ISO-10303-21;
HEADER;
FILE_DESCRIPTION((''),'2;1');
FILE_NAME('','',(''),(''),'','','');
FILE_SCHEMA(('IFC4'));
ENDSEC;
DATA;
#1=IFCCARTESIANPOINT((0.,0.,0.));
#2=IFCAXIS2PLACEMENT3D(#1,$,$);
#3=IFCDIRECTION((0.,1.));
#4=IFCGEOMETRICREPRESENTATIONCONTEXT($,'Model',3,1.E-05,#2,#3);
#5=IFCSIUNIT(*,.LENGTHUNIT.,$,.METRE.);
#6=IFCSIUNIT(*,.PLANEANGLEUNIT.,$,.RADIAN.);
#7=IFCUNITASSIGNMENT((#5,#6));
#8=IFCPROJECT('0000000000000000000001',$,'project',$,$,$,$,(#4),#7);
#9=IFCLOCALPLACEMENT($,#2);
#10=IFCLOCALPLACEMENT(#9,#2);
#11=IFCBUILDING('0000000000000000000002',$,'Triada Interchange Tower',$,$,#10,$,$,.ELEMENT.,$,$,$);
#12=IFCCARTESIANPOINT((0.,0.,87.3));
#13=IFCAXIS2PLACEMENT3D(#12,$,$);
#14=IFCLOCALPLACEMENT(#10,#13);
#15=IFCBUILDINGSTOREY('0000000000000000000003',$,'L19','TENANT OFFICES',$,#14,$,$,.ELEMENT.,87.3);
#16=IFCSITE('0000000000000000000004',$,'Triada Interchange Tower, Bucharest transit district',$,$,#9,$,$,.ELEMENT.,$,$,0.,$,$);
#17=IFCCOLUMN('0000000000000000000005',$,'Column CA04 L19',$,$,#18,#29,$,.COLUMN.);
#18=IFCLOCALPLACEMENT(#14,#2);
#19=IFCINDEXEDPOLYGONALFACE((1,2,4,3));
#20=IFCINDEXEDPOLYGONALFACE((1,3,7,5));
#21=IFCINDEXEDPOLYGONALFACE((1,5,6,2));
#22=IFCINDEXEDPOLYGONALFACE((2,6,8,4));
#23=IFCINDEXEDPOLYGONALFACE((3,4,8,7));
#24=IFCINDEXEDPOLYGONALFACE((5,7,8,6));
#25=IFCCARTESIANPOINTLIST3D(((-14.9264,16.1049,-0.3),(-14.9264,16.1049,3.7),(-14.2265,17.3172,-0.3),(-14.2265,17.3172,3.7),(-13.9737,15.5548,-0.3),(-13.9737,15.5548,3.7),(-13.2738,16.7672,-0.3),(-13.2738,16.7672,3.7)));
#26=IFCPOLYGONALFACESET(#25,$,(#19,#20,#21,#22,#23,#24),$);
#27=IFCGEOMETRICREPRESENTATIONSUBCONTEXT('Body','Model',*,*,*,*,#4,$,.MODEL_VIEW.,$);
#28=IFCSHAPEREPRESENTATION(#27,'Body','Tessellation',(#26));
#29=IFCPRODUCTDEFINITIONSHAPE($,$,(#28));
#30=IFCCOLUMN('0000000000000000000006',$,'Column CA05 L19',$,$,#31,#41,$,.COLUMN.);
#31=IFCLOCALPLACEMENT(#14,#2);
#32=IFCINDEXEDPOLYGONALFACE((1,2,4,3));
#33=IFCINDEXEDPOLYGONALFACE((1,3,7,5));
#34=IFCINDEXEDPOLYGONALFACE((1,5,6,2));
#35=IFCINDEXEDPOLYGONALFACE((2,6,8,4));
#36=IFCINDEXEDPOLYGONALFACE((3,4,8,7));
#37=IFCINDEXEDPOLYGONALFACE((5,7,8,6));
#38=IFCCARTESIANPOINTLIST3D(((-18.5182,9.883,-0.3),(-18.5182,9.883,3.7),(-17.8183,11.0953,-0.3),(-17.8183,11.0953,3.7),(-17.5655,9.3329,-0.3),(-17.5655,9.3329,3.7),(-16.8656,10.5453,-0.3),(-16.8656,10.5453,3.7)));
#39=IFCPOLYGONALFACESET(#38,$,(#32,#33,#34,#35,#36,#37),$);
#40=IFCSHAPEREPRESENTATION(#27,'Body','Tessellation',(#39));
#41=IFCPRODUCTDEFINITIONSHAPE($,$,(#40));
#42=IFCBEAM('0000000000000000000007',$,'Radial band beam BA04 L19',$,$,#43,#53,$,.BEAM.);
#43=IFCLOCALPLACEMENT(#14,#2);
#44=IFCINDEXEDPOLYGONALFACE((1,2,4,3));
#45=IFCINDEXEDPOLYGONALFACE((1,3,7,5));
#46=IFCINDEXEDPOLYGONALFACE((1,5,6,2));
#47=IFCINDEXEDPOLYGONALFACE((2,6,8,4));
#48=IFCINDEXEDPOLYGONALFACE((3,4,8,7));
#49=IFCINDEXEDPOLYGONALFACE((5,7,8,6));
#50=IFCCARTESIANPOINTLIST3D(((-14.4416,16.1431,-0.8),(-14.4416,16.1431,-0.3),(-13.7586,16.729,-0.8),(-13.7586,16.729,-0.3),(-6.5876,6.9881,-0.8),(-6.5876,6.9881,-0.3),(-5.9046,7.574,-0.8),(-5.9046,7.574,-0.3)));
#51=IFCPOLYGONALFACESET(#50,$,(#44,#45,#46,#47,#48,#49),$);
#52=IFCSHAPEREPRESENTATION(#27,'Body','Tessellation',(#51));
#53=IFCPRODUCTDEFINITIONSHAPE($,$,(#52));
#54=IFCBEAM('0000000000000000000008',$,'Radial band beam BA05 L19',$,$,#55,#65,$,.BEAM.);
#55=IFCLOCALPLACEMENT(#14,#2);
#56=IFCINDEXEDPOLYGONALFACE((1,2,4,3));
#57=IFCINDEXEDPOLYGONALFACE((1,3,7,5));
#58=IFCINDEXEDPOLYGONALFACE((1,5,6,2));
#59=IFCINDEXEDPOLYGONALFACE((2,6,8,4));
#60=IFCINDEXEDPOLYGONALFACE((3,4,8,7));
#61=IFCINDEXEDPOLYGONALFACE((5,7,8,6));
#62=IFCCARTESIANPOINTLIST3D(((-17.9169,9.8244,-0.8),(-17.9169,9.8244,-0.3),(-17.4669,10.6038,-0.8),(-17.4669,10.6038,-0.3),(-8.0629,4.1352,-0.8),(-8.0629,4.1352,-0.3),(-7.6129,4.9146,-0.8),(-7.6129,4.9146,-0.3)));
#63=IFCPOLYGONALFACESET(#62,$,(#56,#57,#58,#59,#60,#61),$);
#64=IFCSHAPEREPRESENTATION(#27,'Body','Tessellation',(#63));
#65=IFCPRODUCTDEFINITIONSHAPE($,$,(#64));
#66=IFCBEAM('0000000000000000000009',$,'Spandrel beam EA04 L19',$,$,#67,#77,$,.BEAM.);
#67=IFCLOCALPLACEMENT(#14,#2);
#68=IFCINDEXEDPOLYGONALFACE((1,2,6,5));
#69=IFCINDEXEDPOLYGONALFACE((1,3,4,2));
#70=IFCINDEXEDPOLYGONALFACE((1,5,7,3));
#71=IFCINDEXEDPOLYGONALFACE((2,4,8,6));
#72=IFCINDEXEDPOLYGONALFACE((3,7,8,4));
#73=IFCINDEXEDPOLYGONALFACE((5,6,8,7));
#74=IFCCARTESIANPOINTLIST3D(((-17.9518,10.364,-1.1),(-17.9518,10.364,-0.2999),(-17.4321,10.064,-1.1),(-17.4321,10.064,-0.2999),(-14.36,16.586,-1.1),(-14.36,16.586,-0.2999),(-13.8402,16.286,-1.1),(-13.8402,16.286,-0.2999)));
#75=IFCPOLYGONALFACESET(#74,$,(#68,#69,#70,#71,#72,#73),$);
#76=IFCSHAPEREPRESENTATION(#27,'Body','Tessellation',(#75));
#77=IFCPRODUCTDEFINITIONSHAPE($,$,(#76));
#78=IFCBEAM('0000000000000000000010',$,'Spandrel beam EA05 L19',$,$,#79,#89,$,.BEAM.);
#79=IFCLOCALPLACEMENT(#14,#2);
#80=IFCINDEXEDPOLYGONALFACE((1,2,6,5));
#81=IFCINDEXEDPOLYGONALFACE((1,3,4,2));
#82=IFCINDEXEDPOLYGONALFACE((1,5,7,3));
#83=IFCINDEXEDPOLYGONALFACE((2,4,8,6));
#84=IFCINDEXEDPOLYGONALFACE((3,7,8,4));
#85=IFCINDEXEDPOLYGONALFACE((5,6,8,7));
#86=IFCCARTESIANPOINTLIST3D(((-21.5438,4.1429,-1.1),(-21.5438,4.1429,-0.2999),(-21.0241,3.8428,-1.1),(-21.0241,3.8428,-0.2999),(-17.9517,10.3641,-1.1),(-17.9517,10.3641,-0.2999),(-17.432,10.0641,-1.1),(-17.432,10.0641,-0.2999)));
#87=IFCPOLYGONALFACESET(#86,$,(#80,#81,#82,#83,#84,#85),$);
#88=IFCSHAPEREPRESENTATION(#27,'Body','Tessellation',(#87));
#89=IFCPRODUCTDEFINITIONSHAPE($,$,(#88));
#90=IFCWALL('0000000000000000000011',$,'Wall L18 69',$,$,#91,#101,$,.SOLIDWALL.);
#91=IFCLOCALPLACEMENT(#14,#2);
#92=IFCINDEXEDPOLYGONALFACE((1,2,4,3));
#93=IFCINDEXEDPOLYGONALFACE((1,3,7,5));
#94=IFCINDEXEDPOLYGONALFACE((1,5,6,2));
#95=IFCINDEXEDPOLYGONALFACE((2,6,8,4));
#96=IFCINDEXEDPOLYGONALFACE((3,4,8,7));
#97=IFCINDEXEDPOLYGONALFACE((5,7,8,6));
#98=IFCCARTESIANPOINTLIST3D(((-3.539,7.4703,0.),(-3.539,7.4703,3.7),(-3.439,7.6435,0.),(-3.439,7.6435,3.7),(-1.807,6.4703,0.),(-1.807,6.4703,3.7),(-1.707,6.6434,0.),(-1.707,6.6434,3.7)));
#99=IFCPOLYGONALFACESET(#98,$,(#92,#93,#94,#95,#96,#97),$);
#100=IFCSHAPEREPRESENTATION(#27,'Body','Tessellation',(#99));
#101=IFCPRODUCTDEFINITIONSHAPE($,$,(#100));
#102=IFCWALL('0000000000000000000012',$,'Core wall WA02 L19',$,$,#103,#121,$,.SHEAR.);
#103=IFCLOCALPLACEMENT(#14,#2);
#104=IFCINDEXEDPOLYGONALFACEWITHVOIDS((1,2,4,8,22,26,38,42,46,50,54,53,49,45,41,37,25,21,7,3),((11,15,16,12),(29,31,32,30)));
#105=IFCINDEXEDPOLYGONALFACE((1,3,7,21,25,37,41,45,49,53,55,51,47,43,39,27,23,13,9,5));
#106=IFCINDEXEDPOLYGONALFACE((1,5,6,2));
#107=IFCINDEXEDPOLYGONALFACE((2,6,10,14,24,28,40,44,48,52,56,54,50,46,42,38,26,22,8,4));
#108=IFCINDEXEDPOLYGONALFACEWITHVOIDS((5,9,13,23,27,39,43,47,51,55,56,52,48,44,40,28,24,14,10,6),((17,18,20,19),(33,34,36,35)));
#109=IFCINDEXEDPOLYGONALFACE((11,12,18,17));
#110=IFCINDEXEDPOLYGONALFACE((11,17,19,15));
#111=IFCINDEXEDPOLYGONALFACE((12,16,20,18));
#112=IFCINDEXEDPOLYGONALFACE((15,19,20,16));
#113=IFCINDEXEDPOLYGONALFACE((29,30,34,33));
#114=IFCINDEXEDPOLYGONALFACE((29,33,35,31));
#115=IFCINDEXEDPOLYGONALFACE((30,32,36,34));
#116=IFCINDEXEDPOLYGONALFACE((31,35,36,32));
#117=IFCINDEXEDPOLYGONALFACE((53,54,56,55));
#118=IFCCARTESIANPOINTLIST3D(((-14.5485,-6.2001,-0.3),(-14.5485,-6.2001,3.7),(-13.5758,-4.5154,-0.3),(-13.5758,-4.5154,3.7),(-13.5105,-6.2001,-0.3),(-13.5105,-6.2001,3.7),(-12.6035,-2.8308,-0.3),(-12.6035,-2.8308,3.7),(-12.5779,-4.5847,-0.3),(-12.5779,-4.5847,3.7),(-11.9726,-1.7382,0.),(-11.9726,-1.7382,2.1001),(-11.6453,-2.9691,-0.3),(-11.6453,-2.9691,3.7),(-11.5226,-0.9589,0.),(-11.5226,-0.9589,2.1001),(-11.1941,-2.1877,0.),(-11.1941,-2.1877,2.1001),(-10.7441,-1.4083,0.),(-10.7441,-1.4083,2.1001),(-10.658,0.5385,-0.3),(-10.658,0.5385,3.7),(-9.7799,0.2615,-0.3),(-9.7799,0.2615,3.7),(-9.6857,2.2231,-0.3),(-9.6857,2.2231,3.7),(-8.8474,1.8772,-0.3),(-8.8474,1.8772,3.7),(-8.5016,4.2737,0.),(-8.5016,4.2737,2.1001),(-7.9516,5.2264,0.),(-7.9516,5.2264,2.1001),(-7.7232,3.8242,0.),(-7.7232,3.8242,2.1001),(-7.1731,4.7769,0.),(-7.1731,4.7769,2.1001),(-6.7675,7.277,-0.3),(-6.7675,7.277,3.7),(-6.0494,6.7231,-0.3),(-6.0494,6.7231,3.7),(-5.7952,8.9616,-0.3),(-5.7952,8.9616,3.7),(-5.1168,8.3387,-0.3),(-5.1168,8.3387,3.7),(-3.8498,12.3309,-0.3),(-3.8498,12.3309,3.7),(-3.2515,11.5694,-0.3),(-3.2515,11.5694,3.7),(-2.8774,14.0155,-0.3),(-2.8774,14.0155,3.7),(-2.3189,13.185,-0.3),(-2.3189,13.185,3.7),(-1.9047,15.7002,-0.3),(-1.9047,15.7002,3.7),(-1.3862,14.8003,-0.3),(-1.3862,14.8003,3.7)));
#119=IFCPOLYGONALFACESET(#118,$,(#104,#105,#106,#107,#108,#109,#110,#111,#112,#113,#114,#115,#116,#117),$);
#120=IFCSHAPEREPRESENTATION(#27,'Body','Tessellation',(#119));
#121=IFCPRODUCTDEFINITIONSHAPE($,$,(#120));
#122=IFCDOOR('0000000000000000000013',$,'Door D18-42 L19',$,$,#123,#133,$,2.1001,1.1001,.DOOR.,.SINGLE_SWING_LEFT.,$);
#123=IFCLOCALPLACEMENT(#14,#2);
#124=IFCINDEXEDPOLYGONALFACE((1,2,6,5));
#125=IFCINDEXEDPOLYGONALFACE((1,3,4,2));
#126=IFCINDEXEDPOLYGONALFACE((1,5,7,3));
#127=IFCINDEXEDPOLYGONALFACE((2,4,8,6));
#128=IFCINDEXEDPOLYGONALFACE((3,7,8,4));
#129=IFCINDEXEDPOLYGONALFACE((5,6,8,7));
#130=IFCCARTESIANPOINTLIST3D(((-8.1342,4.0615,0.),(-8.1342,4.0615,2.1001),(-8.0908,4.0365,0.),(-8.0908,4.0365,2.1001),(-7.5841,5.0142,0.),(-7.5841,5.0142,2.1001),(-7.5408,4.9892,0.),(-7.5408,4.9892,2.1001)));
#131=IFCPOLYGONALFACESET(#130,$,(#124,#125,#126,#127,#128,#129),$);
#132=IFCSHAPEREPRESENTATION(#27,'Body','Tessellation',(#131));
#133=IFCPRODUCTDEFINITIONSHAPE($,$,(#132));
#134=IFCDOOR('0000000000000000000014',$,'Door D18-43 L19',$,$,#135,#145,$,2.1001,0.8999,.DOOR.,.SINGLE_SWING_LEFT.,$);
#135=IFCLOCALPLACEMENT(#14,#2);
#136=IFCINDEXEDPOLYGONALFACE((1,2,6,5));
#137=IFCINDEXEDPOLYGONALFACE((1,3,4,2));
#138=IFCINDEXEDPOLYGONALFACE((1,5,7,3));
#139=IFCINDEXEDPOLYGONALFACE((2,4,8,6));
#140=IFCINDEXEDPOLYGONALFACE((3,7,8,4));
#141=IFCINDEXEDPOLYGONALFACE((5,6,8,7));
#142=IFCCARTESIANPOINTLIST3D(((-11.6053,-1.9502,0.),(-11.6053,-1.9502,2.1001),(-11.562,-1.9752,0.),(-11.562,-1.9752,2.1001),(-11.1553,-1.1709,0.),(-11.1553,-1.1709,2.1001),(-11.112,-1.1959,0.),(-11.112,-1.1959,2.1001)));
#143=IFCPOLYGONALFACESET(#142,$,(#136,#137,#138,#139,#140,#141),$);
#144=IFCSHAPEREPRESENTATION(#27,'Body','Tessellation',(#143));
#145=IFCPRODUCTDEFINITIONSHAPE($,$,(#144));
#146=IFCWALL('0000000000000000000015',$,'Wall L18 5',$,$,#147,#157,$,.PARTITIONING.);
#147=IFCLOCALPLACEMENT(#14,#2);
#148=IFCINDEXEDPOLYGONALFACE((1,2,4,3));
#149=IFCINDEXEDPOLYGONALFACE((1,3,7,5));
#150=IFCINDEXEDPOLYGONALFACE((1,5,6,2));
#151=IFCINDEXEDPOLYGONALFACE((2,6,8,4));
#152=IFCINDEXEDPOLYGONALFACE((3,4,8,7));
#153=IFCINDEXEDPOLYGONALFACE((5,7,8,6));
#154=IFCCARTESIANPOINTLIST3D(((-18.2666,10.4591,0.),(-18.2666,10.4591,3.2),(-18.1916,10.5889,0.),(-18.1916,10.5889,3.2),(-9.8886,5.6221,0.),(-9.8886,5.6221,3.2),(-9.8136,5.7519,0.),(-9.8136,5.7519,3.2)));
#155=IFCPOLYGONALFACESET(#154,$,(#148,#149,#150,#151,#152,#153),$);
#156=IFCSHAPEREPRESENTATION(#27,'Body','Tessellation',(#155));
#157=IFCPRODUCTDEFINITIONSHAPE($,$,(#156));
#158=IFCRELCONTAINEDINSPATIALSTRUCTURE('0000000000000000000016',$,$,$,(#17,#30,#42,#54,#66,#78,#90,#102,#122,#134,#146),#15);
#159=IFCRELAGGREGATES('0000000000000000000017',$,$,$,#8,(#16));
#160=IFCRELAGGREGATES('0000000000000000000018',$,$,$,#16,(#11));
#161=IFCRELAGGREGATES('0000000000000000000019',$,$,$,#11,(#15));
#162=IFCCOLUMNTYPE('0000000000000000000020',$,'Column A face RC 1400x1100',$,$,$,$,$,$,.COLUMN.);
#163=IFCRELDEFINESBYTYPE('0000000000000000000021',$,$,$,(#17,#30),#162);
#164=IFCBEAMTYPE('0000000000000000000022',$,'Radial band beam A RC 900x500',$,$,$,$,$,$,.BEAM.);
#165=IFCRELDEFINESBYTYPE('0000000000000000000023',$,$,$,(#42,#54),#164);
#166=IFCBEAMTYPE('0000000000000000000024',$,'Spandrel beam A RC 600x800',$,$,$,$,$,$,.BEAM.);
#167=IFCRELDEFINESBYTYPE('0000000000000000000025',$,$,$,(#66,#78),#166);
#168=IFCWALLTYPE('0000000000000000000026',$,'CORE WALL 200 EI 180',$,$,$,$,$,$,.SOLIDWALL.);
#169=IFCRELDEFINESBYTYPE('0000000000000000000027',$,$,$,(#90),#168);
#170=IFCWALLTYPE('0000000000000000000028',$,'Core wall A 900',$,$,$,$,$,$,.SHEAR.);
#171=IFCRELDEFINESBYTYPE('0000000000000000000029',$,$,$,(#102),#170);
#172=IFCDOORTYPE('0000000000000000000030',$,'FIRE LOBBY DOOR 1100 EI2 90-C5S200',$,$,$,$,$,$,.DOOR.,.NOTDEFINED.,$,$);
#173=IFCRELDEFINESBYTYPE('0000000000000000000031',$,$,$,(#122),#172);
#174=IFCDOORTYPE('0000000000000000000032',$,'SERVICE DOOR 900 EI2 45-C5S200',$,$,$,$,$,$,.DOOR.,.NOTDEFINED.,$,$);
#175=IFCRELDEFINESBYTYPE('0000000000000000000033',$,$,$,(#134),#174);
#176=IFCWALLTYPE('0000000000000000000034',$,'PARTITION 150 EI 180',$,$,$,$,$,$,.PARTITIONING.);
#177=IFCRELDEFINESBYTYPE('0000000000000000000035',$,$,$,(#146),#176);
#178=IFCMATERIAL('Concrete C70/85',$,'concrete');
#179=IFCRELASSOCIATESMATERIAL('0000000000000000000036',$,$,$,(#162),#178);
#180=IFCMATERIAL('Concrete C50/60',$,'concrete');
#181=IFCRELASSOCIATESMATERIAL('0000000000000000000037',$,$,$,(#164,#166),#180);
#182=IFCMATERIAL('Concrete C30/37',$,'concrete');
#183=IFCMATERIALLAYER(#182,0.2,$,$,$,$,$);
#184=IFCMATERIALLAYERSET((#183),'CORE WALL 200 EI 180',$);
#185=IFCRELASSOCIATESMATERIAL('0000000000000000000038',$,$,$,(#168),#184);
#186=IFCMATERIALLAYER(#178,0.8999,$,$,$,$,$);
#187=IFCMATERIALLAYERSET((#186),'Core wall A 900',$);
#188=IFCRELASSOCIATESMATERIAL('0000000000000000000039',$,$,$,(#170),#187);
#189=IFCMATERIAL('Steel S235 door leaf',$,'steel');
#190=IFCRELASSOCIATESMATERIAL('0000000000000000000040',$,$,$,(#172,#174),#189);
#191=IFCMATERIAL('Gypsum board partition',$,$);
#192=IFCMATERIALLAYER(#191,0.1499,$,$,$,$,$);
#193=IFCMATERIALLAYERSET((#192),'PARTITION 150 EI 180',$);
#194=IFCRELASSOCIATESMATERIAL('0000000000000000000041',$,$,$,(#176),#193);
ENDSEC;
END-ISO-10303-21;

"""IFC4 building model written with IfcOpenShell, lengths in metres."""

from ifc_helpers import new_model, si_unit, direction, frame, frame_2d, origin, origin_2d, place, context, subcontext, project, spatial, polyline, rectangle, outline, extrude, material, layer, layer_set, material_profile, profile_set, type_object, element, fill, save


model = new_model("IFC4")

# Units and contexts
model_context = context("Model", 3, precision=1e-05, world=origin(), true_north=direction((0.0, 1.0)))
body_context = subcontext(model_context, "Body", "Model", "MODEL_VIEW")
ifc_project = project(units=[si_unit("LENGTHUNIT", "METRE"), si_unit("PLANEANGLEUNIT", "RADIAN")], contexts=[model_context])

# Site, building, storey
site_placement = place(None, origin())
site = spatial("IfcSite", under=ifc_project, at=site_placement, Name="Triada Interchange Tower, Bucharest transit district", CompositionType="ELEMENT", RefElevation=0.0)
building_placement = place(site_placement, origin())
building = spatial("IfcBuilding", under=site, at=building_placement, Name="Triada Interchange Tower", CompositionType="ELEMENT")
storey_placement = place(building_placement, frame((0.0, 0.0, 87.3)))
storey = spatial("IfcBuildingStorey", under=building, at=storey_placement, Name="L19", Description="TENANT OFFICES", CompositionType="ELEMENT", Elevation=87.3)

# Columns
ifc_material_1 = material(Name="Concrete C70/85", Category="concrete")
ifc_material_profile_1 = material_profile(ifc_material_1, rectangle(XDim=1.3999, YDim=1.1001, at=origin_2d()), Name="RC 1400x1100")
ifc_profile_set_1 = profile_set([ifc_material_profile_1], Name="Concrete C70/85")
column_type = type_object("IfcColumnType", Name="Column A face RC 1400x1100", PredefinedType="COLUMN", material=ifc_profile_set_1)
for number, where, z_axis, x_axis, name in (
    (1, (-14.1001, 16.436, -0.3), (0.0, 0.0, 1.0), (0.5, 0.866025, 0.0), "Column CA04 L19"),
    (2, (-17.6919, 10.2141, -0.3), (0.0, 0.0, 1.0), (0.5, 0.866025, 0.0), "Column CA05 L19"),
):
    element("IfcColumn", number, at=place(storey_placement, frame(where, z_axis=z_axis, x_axis=x_axis)), inside=storey, type_object=column_type, Name=name, PredefinedType="COLUMN", context=body_context, shape_type="SweptSolid", body=[
        extrude(rectangle(XDim=1.3999, YDim=1.1001, at=origin_2d()), origin(), (0.0, 0.0, 1.0), 4.0),
    ])

# Beams
ifc_material_2 = material(Name="Concrete C50/60", Category="concrete")
ifc_material_profile_2 = material_profile(ifc_material_2, rectangle(XDim=0.8999, YDim=0.5, at=origin_2d()), Name="RC 900x500")
ifc_profile_set_2 = profile_set([ifc_material_profile_2], Name="Concrete C50/60")
beam_type_1 = type_object("IfcBeamType", Name="Radial band beam A RC 900x500", PredefinedType="BEAM", material=ifc_profile_set_2)
beam_1_placement = place(storey_placement, frame((-14.1001, 16.436, -0.55), z_axis=(0.651118, -0.758977, 0.0), x_axis=(0.758977, 0.651118, 0.0)))
element("IfcBeam", 3, at=beam_1_placement, inside=storey, type_object=beam_type_1, Name="Radial band beam BA04 L19", PredefinedType="BEAM", context=body_context, shape_type="SweptSolid", body=[
    extrude(rectangle(XDim=0.8999, YDim=0.5, at=origin_2d()), origin(), (0.0, 0.0, 1.0), 12.0623),
])
beam_2_placement = place(storey_placement, frame((-17.6919, 10.2141, -0.55), z_axis=(0.866026, -0.5, 0.0), x_axis=(0.5, 0.866026, 0.0)))
element("IfcBeam", 4, at=beam_2_placement, inside=storey, type_object=beam_type_1, Name="Radial band beam BA05 L19", PredefinedType="BEAM", context=body_context, shape_type="SweptSolid", body=[
    extrude(rectangle(XDim=0.8999, YDim=0.5, at=origin_2d()), origin(), (0.0, 0.0, 1.0), 11.3784),
])
ifc_material_profile_3 = material_profile(ifc_material_2, rectangle(XDim=0.6001, YDim=0.8, at=origin_2d()), Name="RC 600x800")
ifc_profile_set_3 = profile_set([ifc_material_profile_3], Name="Concrete C50/60")
beam_type_2 = type_object("IfcBeamType", Name="Spandrel beam A RC 600x800", PredefinedType="BEAM", material=ifc_profile_set_3)
beam_3_placement = place(storey_placement, frame((-14.1001, 16.436, -0.7), z_axis=(-0.499955, -0.866051, 0.0), x_axis=(0.866051, -0.499955, 0.0)))
element("IfcBeam", 5, at=beam_3_placement, inside=storey, type_object=beam_type_2, Name="Spandrel beam EA04 L19", PredefinedType="BEAM", context=body_context, shape_type="SweptSolid", body=[
    extrude(rectangle(XDim=0.6001, YDim=0.8, at=origin_2d()), origin(), (0.0, 0.0, 1.0), 7.1843),
])
beam_4_placement = place(storey_placement, frame((-17.6919, 10.2141, -0.7), z_axis=(-0.500024, -0.866011, 0.0), x_axis=(0.866011, -0.500024, 0.0)))
element("IfcBeam", 6, at=beam_4_placement, inside=storey, type_object=beam_type_2, Name="Spandrel beam EA05 L19", PredefinedType="BEAM", context=body_context, shape_type="SweptSolid", body=[
    extrude(rectangle(XDim=0.6001, YDim=0.8, at=origin_2d()), origin(), (0.0, 0.0, 1.0), 7.1838),
])

# Wall
ifc_material_3 = material(Name="Concrete C30/37", Category="concrete")
ifc_layer_1 = layer(ifc_material_3, 0.2)
ifc_layer_set_1 = layer_set([ifc_layer_1], Name="CORE WALL 200 EI 180")
wall_type_1 = type_object("IfcWallType", Name="CORE WALL 200 EI 180", PredefinedType="SOLIDWALL", material=ifc_layer_set_1)
wall_1_placement = place(storey_placement, frame((-3.489, 7.5569, 0.0), z_axis=(0.0, 0.0, 1.0), x_axis=(0.866011, -0.500025, 0.0)))
element("IfcWall", 7, at=wall_1_placement, inside=storey, type_object=wall_type_1, Name="Wall L18 69", PredefinedType="SOLIDWALL", context=body_context, shape_type="SweptSolid", body=[
    extrude(rectangle(XDim=2.0, YDim=0.2, at=frame_2d((1.0, 0.0))), origin(), (0.0, 0.0, 1.0), 3.7),
])

# Wall, openings, doors
ifc_layer_2 = layer(ifc_material_1, 0.8999)
ifc_layer_set_2 = layer_set([ifc_layer_2], Name="Core wall A 900")
wall_type_2 = type_object("IfcWallType", Name="Core wall A 900", PredefinedType="SHEAR", material=ifc_layer_set_2)
wall_2_placement = place(storey_placement, frame((-1.645, 15.25, -0.3), z_axis=(0.0, 0.0, 1.0), x_axis=(-0.500026, -0.86601, 0.0)))
wall_2 = element("IfcWall", 8, at=wall_2_placement, inside=storey, type_object=wall_type_2, Name="Core wall WA02 L19", PredefinedType="SHEAR", context=body_context, shape_type="SweptSolid", body=[
    extrude(outline(polyline([(-0.26, -0.45), (1.6853, -0.45), (3.6304, -0.4497), (5.5757, -0.4497), (7.521, -0.4497), (9.4661, -0.4495), (11.4114, -0.4495), (13.3567, -0.4495), (15.302, -0.4495), (17.2471, -0.4492), (19.1924, -0.4492), (21.1377, -0.4492), (23.0828, -0.449), (25.0281, -0.449), (24.509, 0.45), (22.6438, 0.45), (20.7783, 0.4497), (18.9131, 0.4497), (17.0479, 0.4497), (15.1824, 0.4495), (13.3171, 0.4495), (11.4519, 0.4495), (9.5867, 0.4495), (7.7212, 0.4492), (5.856, 0.4492), (3.9907, 0.4492), (2.1252, 0.449), (0.26, 0.449), (-0.26, -0.45)])), origin(), (0.0, 0.0, 1.0), 4.0),
])
opening_1_placement = place(wall_2_placement, frame((11.834, 0.0, 0.3)))
opening_1 = element("IfcOpeningElement", 9, at=opening_1_placement, cuts=wall_2, PredefinedType="OPENING", context=body_context, shape_type="SweptSolid", body=[
    extrude(rectangle(XDim=1.1001, YDim=2.1001, at=frame_2d((0.55, 1.05))), frame((0.0, 0.46, 0.0), z_axis=(0.0, -1.0, 0.0), x_axis=(1.0, 0.0, 0.0)), (0.0, 0.0, 1.0), 0.9199),
])
opening_2_placement = place(wall_2_placement, frame((18.9761, 0.0, 0.3)))
opening_2 = element("IfcOpeningElement", 10, at=opening_2_placement, cuts=wall_2, PredefinedType="OPENING", context=body_context, shape_type="SweptSolid", body=[
    extrude(rectangle(XDim=0.8999, YDim=2.1001, at=frame_2d((0.45, 1.05))), frame((0.0, 0.46, 0.0), z_axis=(0.0, -1.0, 0.0), x_axis=(1.0, 0.0, 0.0)), (0.0, 0.0, 1.0), 0.9199),
])
ifc_material_4 = material(Name="Steel S235 door leaf", Category="steel")
door_type_1 = type_object("IfcDoorType", Name="FIRE LOBBY DOOR 1100 EI2 90-C5S200", OperationType="NOTDEFINED", PredefinedType="DOOR", material=ifc_material_4)
door_1_placement = place(opening_1_placement, origin())
door_1 = element("IfcDoor", 11, at=door_1_placement, inside=storey, type_object=door_type_1, Name="Door D18-42 L19", OperationType="SINGLE_SWING_LEFT", OverallHeight=2.1001, OverallWidth=1.1001, PredefinedType="DOOR", context=body_context, shape_type="SweptSolid", body=[
    extrude(rectangle(XDim=1.1001, YDim=2.1001, at=frame_2d((0.55, 1.05))), frame((0.0, 0.0249, 0.0), z_axis=(0.0, -1.0, 0.0), x_axis=(1.0, 0.0, 0.0)), (0.0, 0.0, 1.0), 0.05),
])
fill(opening_1, door_1)
door_type_2 = type_object("IfcDoorType", Name="SERVICE DOOR 900 EI2 45-C5S200", OperationType="NOTDEFINED", PredefinedType="DOOR", material=ifc_material_4)
door_2_placement = place(opening_2_placement, origin())
door_2 = element("IfcDoor", 12, at=door_2_placement, inside=storey, type_object=door_type_2, Name="Door D18-43 L19", OperationType="SINGLE_SWING_LEFT", OverallHeight=2.1001, OverallWidth=0.8999, PredefinedType="DOOR", context=body_context, shape_type="SweptSolid", body=[
    extrude(rectangle(XDim=0.8999, YDim=2.1001, at=frame_2d((0.45, 1.05))), frame((0.0, 0.0249, 0.0), z_axis=(0.0, -1.0, 0.0), x_axis=(1.0, 0.0, 0.0)), (0.0, 0.0, 1.0), 0.05),
])
fill(opening_2, door_2)

# Wall
ifc_material_5 = material(Name="Gypsum board partition")
ifc_layer_3 = layer(ifc_material_5, 0.1499)
ifc_layer_set_3 = layer_set([ifc_layer_3], Name="PARTITION 150 EI 180")
wall_type_3 = type_object("IfcWallType", Name="PARTITION 150 EI 180", PredefinedType="PARTITIONING", material=ifc_layer_set_3)
wall_3_placement = place(storey_placement, frame((-18.229, 10.5239, 0.0), z_axis=(0.0, 0.0, 1.0), x_axis=(0.866029, -0.499993, 0.0)))
element("IfcWall", 13, at=wall_3_placement, inside=storey, type_object=wall_type_3, Name="Wall L18 5", PredefinedType="PARTITIONING", context=body_context, shape_type="SweptSolid", body=[
    extrude(rectangle(XDim=9.6741, YDim=0.1499, at=frame_2d((4.8369, 0.0))), origin(), (0.0, 0.0, 1.0), 3.2),
])

save(model, "model.ifc")
